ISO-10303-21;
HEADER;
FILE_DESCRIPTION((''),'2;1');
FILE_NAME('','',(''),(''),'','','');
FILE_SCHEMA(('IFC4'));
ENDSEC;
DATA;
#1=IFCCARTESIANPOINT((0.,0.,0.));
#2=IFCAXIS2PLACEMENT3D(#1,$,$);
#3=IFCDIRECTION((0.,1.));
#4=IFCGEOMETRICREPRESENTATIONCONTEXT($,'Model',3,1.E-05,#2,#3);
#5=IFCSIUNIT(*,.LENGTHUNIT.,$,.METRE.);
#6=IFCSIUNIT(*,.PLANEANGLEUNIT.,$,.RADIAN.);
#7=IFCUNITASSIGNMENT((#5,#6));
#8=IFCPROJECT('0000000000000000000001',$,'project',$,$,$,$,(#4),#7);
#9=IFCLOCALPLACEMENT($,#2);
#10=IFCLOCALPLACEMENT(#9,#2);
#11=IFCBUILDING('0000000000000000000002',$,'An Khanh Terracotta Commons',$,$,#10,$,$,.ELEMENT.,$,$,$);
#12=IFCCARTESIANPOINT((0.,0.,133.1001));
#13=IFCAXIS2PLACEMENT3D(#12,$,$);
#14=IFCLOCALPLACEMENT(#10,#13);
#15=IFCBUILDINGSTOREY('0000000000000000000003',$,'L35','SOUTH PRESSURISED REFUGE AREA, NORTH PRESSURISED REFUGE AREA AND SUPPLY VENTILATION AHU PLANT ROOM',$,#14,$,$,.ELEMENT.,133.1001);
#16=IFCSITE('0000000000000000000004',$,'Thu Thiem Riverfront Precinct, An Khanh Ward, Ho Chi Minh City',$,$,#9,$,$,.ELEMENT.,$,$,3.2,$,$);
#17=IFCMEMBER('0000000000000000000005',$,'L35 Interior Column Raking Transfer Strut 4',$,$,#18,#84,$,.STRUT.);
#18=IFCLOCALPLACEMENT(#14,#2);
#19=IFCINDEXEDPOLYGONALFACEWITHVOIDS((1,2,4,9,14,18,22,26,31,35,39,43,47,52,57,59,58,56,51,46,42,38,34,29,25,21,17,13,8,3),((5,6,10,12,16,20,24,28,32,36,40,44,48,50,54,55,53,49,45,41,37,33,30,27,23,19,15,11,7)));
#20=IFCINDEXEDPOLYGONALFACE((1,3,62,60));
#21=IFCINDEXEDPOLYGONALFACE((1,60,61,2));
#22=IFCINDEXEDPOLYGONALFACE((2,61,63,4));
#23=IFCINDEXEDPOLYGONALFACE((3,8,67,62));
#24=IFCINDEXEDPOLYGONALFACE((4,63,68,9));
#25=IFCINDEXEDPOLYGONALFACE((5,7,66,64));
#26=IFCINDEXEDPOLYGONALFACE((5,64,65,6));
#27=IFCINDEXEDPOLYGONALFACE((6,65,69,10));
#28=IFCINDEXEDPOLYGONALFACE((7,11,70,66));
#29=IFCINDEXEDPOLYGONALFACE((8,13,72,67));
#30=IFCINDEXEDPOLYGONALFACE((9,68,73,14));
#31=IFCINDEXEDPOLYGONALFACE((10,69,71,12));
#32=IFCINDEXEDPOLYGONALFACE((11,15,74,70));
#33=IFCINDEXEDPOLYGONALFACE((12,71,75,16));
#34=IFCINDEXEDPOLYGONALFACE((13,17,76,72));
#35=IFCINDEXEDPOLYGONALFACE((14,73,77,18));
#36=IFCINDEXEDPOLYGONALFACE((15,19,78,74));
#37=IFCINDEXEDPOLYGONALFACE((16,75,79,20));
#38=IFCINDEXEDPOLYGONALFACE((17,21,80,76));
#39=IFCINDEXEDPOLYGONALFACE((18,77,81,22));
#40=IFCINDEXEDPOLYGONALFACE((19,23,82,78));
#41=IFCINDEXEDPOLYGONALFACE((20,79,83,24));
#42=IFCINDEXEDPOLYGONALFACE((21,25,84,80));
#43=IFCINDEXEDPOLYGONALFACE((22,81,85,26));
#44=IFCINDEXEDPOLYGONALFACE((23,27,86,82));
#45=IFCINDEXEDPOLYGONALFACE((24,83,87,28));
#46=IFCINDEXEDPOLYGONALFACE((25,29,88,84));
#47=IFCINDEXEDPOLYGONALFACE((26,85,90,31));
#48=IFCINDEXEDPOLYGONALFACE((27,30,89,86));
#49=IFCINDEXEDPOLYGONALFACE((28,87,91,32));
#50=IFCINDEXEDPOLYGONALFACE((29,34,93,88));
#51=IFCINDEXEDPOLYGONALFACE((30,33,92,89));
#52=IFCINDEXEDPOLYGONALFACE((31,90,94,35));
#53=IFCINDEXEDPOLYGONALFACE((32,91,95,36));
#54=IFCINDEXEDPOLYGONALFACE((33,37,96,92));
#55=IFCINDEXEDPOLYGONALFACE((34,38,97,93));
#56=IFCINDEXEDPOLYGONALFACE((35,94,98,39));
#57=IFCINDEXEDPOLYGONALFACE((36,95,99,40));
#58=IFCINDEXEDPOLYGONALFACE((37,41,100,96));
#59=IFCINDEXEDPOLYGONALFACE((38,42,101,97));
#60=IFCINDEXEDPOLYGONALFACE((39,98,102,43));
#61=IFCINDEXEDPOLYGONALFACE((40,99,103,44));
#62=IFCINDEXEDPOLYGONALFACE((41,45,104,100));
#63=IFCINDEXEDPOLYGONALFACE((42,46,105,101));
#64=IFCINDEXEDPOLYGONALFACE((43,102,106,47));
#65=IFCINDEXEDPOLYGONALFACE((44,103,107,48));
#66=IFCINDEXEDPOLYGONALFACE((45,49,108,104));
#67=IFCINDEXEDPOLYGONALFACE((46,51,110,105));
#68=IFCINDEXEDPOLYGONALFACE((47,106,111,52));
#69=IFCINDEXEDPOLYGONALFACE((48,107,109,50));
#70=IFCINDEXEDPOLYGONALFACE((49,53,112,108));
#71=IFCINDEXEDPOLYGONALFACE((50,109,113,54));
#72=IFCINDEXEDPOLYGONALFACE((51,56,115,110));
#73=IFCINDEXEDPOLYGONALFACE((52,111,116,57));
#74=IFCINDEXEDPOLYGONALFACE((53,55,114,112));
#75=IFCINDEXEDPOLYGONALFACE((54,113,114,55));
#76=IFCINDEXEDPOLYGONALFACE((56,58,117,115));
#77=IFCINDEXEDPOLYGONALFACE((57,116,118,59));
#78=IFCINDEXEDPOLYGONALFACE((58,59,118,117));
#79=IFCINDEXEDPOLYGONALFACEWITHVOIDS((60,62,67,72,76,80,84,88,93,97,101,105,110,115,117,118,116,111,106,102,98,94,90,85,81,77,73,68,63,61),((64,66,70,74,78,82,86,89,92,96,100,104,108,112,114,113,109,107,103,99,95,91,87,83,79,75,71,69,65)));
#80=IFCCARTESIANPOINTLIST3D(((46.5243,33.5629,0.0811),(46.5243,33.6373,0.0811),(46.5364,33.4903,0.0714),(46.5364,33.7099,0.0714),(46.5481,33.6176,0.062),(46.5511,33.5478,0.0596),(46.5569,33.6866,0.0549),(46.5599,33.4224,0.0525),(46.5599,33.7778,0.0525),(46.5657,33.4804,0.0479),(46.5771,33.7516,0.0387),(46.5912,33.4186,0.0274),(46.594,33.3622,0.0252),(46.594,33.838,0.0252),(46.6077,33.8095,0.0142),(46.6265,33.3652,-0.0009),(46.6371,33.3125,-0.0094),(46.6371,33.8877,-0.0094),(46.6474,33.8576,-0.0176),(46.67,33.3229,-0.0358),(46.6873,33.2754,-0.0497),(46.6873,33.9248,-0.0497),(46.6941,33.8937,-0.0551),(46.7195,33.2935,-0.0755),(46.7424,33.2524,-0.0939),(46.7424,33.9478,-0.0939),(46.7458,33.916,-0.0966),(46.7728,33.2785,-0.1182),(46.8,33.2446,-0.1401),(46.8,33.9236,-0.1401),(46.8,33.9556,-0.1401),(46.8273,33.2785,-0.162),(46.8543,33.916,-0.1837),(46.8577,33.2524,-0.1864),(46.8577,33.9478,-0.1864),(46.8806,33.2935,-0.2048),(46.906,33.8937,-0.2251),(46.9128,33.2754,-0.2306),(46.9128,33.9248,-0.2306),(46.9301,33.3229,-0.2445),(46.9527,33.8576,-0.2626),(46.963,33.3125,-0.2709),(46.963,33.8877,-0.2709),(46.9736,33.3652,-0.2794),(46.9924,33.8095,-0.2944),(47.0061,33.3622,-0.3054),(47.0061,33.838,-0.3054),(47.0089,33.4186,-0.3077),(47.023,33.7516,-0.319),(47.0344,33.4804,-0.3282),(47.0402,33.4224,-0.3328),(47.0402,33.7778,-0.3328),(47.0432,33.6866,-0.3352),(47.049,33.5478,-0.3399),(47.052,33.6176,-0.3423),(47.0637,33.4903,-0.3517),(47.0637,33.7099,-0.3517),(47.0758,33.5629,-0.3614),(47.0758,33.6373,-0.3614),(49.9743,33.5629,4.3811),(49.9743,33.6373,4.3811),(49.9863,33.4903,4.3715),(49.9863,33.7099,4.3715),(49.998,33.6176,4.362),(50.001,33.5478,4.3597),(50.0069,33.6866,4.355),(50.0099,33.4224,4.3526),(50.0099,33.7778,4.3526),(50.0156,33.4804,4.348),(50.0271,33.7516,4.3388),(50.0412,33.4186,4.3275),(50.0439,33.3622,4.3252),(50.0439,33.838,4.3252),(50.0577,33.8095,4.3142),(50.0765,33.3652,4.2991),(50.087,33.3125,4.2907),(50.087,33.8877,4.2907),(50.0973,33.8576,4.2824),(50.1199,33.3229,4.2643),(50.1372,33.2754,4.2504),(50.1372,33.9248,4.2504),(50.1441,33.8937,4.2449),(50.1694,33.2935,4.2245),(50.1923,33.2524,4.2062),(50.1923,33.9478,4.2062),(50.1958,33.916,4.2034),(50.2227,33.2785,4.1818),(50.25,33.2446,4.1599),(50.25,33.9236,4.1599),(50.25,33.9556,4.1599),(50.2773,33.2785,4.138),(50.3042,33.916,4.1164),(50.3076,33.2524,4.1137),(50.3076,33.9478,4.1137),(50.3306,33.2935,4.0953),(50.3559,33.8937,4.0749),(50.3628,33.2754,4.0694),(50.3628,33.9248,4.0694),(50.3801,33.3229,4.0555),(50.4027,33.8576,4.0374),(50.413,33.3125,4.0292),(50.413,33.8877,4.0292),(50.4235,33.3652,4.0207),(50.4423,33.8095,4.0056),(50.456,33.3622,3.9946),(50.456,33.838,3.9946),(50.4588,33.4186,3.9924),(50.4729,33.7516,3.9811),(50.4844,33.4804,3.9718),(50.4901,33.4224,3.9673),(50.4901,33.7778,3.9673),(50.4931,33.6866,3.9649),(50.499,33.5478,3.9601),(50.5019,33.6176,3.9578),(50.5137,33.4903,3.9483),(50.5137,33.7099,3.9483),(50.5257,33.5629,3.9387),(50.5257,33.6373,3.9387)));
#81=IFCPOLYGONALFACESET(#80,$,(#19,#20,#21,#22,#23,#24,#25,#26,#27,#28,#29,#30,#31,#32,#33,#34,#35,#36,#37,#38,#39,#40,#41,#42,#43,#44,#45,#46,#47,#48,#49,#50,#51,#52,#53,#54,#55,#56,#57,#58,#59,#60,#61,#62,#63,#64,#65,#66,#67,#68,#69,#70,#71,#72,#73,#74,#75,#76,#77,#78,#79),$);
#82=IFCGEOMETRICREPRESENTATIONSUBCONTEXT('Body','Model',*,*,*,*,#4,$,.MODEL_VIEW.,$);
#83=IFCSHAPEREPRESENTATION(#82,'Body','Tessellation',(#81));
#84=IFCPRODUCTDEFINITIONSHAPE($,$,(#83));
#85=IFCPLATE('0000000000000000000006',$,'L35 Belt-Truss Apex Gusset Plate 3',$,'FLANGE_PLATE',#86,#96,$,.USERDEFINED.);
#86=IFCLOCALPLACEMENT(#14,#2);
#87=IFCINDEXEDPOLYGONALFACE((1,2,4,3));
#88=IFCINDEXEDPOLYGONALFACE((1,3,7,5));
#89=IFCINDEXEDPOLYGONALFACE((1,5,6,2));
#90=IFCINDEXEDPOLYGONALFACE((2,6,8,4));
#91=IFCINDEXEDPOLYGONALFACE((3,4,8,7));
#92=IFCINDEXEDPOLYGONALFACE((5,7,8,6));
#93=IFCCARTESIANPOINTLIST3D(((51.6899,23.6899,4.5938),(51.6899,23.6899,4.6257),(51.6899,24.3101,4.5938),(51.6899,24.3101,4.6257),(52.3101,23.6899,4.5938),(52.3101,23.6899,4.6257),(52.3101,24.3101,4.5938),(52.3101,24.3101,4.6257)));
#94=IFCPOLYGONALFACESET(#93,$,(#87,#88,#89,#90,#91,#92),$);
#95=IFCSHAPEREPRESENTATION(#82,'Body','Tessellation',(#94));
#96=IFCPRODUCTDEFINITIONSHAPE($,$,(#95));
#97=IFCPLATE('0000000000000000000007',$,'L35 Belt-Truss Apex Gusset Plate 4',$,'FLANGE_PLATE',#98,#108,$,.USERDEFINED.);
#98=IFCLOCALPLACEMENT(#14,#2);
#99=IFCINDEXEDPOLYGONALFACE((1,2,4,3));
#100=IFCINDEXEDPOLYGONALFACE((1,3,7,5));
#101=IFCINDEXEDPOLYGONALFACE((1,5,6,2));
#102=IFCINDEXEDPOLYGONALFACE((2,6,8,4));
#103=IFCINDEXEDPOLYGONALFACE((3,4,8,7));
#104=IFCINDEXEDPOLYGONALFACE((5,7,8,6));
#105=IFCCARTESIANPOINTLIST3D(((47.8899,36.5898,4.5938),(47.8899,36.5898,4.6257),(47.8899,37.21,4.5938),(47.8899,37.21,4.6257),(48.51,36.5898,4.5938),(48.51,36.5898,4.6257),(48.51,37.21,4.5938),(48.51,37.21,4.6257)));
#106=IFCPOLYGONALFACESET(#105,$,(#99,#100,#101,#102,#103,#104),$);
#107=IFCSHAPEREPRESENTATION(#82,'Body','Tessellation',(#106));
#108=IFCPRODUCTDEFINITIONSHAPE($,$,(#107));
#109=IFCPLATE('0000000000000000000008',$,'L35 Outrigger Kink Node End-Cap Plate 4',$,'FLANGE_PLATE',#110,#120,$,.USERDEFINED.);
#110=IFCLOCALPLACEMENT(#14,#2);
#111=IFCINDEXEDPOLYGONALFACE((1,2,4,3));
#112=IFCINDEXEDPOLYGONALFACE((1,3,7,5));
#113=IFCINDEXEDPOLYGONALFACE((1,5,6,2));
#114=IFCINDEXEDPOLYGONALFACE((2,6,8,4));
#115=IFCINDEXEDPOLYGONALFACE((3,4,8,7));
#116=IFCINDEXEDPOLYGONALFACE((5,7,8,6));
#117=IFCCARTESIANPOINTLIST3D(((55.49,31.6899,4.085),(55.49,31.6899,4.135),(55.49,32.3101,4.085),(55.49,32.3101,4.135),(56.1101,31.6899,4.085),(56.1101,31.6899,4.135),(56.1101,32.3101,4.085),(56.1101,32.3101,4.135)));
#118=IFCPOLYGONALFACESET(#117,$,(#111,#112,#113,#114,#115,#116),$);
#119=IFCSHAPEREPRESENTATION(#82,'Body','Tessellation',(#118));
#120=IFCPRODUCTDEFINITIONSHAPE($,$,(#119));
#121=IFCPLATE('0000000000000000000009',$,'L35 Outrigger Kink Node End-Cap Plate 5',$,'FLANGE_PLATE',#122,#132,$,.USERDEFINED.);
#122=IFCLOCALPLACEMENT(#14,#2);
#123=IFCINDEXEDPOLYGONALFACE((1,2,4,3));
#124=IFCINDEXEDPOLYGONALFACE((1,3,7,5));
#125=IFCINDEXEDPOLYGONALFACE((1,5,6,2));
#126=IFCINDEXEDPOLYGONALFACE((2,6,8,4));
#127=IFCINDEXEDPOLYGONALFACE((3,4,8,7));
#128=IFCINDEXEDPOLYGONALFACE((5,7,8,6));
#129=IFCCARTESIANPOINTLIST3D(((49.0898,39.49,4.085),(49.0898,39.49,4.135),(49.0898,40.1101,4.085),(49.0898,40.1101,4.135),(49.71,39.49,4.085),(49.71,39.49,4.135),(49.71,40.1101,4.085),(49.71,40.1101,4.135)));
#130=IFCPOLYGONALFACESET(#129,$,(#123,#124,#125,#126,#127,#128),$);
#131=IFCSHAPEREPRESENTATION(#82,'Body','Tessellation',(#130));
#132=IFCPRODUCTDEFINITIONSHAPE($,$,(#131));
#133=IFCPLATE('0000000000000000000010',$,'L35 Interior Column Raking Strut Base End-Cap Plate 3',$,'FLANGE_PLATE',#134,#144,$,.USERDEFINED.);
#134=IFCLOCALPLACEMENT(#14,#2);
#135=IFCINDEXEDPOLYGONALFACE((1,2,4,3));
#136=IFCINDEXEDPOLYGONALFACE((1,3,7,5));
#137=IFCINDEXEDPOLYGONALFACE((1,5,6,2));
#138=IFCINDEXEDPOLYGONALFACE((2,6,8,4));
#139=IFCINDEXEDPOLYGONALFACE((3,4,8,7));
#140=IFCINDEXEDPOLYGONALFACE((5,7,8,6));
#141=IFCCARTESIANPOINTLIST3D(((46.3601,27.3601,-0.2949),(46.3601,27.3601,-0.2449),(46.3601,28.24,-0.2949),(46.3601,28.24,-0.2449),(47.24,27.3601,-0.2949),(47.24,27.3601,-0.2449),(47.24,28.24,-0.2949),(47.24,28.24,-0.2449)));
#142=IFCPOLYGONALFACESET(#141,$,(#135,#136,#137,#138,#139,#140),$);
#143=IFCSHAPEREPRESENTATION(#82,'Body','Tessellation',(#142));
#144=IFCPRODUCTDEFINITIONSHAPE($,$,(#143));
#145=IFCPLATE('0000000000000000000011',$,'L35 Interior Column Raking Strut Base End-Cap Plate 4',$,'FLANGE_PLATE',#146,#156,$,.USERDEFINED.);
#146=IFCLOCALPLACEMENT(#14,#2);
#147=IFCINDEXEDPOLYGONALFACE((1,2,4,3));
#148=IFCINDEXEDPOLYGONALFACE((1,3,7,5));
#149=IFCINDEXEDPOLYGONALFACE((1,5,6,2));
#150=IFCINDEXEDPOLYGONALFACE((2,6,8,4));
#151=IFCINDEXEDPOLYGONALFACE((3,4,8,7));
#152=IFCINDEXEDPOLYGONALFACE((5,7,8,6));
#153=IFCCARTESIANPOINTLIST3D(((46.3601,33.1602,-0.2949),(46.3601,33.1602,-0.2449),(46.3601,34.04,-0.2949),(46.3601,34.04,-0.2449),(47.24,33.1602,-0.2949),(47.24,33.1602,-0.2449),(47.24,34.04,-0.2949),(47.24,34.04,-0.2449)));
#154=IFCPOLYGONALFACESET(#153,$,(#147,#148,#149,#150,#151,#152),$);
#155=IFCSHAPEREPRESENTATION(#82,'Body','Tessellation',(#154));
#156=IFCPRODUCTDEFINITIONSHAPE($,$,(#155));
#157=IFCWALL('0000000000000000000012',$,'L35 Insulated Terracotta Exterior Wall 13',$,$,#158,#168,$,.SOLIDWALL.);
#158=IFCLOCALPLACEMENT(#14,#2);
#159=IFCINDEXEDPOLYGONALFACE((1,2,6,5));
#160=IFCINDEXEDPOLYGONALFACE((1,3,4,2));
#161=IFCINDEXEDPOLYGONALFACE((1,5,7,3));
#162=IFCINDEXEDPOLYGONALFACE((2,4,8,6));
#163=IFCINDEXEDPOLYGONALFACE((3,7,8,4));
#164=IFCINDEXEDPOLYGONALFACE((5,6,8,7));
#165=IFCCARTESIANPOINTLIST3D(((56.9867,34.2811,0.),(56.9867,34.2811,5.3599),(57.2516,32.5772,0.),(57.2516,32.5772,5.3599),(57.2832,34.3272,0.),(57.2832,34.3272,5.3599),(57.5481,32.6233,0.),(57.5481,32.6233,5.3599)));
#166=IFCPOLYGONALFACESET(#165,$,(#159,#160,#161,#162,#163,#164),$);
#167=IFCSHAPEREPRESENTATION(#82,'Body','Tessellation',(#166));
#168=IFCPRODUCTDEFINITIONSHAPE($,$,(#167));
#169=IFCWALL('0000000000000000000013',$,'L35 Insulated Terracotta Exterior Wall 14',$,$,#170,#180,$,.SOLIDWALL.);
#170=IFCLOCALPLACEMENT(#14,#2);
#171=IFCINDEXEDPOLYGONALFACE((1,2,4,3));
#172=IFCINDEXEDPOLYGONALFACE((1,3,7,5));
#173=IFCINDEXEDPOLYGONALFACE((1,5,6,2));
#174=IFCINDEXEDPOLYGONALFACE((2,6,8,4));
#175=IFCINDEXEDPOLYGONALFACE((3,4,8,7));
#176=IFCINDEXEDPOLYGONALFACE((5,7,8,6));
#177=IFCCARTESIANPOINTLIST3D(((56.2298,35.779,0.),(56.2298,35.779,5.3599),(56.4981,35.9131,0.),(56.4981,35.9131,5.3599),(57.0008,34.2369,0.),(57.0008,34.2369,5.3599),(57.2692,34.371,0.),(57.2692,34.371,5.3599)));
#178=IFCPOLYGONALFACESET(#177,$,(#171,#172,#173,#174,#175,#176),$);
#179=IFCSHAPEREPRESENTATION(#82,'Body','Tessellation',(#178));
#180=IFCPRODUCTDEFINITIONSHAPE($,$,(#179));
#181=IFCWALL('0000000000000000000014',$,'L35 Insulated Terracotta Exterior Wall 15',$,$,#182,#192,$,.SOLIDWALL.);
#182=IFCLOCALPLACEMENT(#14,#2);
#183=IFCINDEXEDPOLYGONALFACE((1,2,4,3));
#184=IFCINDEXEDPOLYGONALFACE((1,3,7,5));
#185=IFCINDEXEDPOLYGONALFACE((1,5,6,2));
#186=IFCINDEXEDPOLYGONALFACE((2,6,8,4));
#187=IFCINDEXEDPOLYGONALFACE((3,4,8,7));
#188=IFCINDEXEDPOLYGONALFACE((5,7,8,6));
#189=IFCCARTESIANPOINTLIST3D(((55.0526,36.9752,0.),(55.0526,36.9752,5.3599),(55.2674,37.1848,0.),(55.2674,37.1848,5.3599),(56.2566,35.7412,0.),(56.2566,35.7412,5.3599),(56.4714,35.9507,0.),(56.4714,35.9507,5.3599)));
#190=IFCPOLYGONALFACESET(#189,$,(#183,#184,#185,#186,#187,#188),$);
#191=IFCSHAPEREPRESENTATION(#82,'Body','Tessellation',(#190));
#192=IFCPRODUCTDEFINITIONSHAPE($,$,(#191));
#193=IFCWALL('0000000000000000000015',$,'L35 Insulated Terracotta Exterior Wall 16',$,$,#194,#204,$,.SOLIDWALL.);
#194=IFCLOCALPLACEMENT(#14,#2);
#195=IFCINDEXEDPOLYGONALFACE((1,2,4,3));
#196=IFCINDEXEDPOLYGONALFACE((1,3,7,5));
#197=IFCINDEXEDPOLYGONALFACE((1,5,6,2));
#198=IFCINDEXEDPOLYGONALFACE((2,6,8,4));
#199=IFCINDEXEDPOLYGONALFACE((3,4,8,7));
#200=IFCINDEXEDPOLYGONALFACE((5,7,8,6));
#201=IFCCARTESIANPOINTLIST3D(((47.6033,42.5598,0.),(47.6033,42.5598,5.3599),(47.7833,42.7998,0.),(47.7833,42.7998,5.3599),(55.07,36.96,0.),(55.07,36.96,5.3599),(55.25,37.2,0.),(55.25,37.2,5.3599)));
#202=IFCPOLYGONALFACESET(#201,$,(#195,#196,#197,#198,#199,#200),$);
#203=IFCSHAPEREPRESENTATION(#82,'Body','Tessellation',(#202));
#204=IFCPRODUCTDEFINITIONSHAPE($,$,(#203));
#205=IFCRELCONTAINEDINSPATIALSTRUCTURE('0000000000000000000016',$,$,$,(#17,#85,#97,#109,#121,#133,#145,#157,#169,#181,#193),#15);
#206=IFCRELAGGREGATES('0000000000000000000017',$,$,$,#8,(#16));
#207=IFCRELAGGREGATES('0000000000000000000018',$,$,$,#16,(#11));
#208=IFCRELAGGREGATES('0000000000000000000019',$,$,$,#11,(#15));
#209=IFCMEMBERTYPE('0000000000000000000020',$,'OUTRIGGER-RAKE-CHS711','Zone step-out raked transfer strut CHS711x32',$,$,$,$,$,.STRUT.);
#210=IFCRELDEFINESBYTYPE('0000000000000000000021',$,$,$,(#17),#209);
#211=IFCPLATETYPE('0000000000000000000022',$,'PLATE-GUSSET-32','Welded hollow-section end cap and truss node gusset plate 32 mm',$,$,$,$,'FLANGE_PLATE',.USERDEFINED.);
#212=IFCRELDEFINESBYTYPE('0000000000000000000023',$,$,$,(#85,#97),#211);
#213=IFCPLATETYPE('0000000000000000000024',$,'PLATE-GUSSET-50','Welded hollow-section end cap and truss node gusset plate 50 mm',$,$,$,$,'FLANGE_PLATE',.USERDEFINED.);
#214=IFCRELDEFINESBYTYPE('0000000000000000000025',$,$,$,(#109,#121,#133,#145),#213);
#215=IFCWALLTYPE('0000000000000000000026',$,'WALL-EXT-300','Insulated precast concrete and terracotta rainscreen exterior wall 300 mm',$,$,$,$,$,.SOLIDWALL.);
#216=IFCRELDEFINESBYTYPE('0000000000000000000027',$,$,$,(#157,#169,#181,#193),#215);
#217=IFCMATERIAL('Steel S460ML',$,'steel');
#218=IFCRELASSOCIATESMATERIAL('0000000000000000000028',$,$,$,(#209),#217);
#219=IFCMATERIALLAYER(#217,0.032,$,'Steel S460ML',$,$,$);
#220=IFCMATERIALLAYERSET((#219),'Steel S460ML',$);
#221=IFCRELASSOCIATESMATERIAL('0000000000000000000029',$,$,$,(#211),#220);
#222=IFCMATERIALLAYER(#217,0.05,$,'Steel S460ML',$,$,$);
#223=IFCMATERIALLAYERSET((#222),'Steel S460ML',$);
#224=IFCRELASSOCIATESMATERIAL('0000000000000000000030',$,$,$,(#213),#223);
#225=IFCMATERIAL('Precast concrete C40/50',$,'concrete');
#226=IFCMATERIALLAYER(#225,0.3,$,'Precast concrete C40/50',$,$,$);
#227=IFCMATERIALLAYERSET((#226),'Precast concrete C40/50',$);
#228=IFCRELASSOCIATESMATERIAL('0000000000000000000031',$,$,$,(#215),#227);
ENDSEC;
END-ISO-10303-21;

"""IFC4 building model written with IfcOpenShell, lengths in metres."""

from ifc_helpers import new_model, si_unit, direction, frame, frame_2d, origin, origin_2d, place, context, subcontext, project, spatial, rectangle, hollow_circle, extrude, material, layer, layer_set, material_profile, profile_set, type_object, element, save


model = new_model("IFC4")

# Units and contexts
model_context = context("Model", 3, precision=1e-05, world=origin(), true_north=direction((0.0, 1.0)))
body_context = subcontext(model_context, "Body", "Model", "MODEL_VIEW")
ifc_project = project(units=[si_unit("LENGTHUNIT", "METRE"), si_unit("PLANEANGLEUNIT", "RADIAN")], contexts=[model_context])

# Site, building, storey
site_placement = place(None, origin())
site = spatial("IfcSite", under=ifc_project, at=site_placement, Name="Thu Thiem Riverfront Precinct, An Khanh Ward, Ho Chi Minh City", CompositionType="ELEMENT", RefElevation=3.2)
building_placement = place(site_placement, origin())
building = spatial("IfcBuilding", under=site, at=building_placement, Name="An Khanh Terracotta Commons", CompositionType="ELEMENT")
storey_placement = place(building_placement, frame((0.0, 0.0, 133.1001)))
storey = spatial("IfcBuildingStorey", under=building, at=storey_placement, Name="L35", Description="SOUTH PRESSURISED REFUGE AREA, NORTH PRESSURISED REFUGE AREA AND SUPPLY VENTILATION AHU PLANT ROOM", CompositionType="ELEMENT", Elevation=133.1001)

# Shared definitions
ifc_material_1 = material(Name="Steel S460ML", Category="steel")

# Member
ifc_material_profile_1 = material_profile(ifc_material_1, hollow_circle(Radius=0.3555, WallThickness=0.032, at=origin_2d()), Name="CHS711x32")
ifc_profile_set_1 = profile_set([ifc_material_profile_1], Name="Steel S460ML")
member_type_1 = type_object("IfcMemberType", Name="OUTRIGGER-RAKE-CHS711", Description="Zone step-out raked transfer strut CHS711x32", PredefinedType="STRUT", material=ifc_profile_set_1)
for number, where, z_axis, x_axis, name in (
    (1, (46.8, 33.6001, -0.1401), (0.625791, 0.0, 0.779991), (0.0, 1.0, 0.0), "L35 Interior Column Raking Transfer Strut 4"),
):
    element("IfcMember", number, at=place(storey_placement, frame(where, z_axis=z_axis, x_axis=x_axis)), inside=storey, type_object=member_type_1, Name=name, PredefinedType="STRUT", context=body_context, shape_type="SweptSolid", body=[
        extrude(hollow_circle(Radius=0.3555, WallThickness=0.032, at=origin_2d()), origin(), (0.0, 0.0, 1.0), 5.5129),
    ])

# Plates
ifc_layer_1 = layer(ifc_material_1, 0.032, Name="Steel S460ML")
ifc_layer_set_1 = layer_set([ifc_layer_1], Name="Steel S460ML")
plate_type_1 = type_object("IfcPlateType", Name="PLATE-GUSSET-32", Description="Welded hollow-section end cap and truss node gusset plate 32 mm", ElementType="FLANGE_PLATE", PredefinedType="USERDEFINED", material=ifc_layer_set_1)
for number, where, z_axis, x_axis, name in (
    (2, (52.0, 24.0, 4.5938), (0.0, 0.0, 1.0), (1.0, 0.0, 0.0), "L35 Belt-Truss Apex Gusset Plate 3"),
    (3, (48.2, 36.8999, 4.5938), (0.0, 0.0, 1.0), (1.0, 0.0, 0.0), "L35 Belt-Truss Apex Gusset Plate 4"),
):
    element("IfcPlate", number, at=place(storey_placement, frame(where, z_axis=z_axis, x_axis=x_axis)), inside=storey, type_object=plate_type_1, Name=name, ObjectType="FLANGE_PLATE", PredefinedType="USERDEFINED", context=body_context, shape_type="SweptSolid", body=[
        extrude(rectangle(XDim=0.6201, YDim=0.6201, at=origin_2d()), origin(), (0.0, 0.0, 1.0), 0.032),
    ])
ifc_layer_2 = layer(ifc_material_1, 0.05, Name="Steel S460ML")
ifc_layer_set_2 = layer_set([ifc_layer_2], Name="Steel S460ML")
plate_type_2 = type_object("IfcPlateType", Name="PLATE-GUSSET-50", Description="Welded hollow-section end cap and truss node gusset plate 50 mm", ElementType="FLANGE_PLATE", PredefinedType="USERDEFINED", material=ifc_layer_set_2)
for number, where, z_axis, x_axis, name in (
    (4, (55.8, 32.0, 4.085), (0.0, 0.0, 1.0), (1.0, 0.0, 0.0), "L35 Outrigger Kink Node End-Cap Plate 4"),
    (5, (49.3999, 39.8, 4.085), (0.0, 0.0, 1.0), (1.0, 0.0, 0.0), "L35 Outrigger Kink Node End-Cap Plate 5"),
):
    element("IfcPlate", number, at=place(storey_placement, frame(where, z_axis=z_axis, x_axis=x_axis)), inside=storey, type_object=plate_type_2, Name=name, ObjectType="FLANGE_PLATE", PredefinedType="USERDEFINED", context=body_context, shape_type="SweptSolid", body=[
        extrude(rectangle(XDim=0.6201, YDim=0.6201, at=origin_2d()), origin(), (0.0, 0.0, 1.0), 0.05),
    ])
for number, where, z_axis, x_axis, name in (
    (6, (46.8, 27.8, -0.2949), (0.0, 0.0, 1.0), (1.0, 0.0, 0.0), "L35 Interior Column Raking Strut Base End-Cap Plate 3"),
    (7, (46.8, 33.6001, -0.2949), (0.0, 0.0, 1.0), (1.0, 0.0, 0.0), "L35 Interior Column Raking Strut Base End-Cap Plate 4"),
):
    element("IfcPlate", number, at=place(storey_placement, frame(where, z_axis=z_axis, x_axis=x_axis)), inside=storey, type_object=plate_type_2, Name=name, ObjectType="FLANGE_PLATE", PredefinedType="USERDEFINED", context=body_context, shape_type="SweptSolid", body=[
        extrude(rectangle(XDim=0.8799, YDim=0.8799, at=origin_2d()), origin(), (0.0, 0.0, 1.0), 0.05),
    ])

# Walls
ifc_material_2 = material(Name="Precast concrete C40/50", Category="concrete")
ifc_layer_3 = layer(ifc_material_2, 0.3, Name="Precast concrete C40/50")
ifc_layer_set_3 = layer_set([ifc_layer_3], Name="Precast concrete C40/50")
wall_type = type_object("IfcWallType", Name="WALL-EXT-300", Description="Insulated precast concrete and terracotta rainscreen exterior wall 300 mm", PredefinedType="SOLIDWALL", material=ifc_layer_set_3)
wall_1_placement = place(storey_placement, frame((57.3999, 32.6001, 0.0), z_axis=(0.0, 0.0, 1.0), x_axis=(-0.153621, 0.98813, 0.0)))
element("IfcWall", 8, at=wall_1_placement, inside=storey, type_object=wall_type, Name="L35 Insulated Terracotta Exterior Wall 13", PredefinedType="SOLIDWALL", context=body_context, shape_type="SweptSolid", body=[
    extrude(rectangle(XDim=1.7244, YDim=0.3, at=frame_2d((0.8623, 0.0))), origin(), (0.0, 0.0, 1.0), 5.3599),
])
for number, where, z_axis, x_axis, name in (
    (9, (57.135, 34.304, 0.0), (0.0, 0.0, 1.0), (-0.447214, 0.894427, 0.0), "L35 Insulated Terracotta Exterior Wall 14"),
    (10, (56.364, 35.8459, 0.0), (0.0, 0.0, 1.0), (-0.698345, 0.715761, 0.0), "L35 Insulated Terracotta Exterior Wall 15"),
):
    element("IfcWall", number, at=place(storey_placement, frame(where, z_axis=z_axis, x_axis=x_axis)), inside=storey, type_object=wall_type, Name=name, PredefinedType="SOLIDWALL", context=body_context, shape_type="SweptSolid", body=[
        extrude(rectangle(XDim=1.7241, YDim=0.3, at=frame_2d((0.8621, 0.0))), origin(), (0.0, 0.0, 1.0), 5.3599),
    ])
wall_2_placement = place(storey_placement, frame((55.1599, 37.0801, 0.0), z_axis=(0.0, 0.0, 1.0), x_axis=(-0.800013, 0.599983, 0.0)))
element("IfcWall", 11, at=wall_2_placement, inside=storey, type_object=wall_type, Name="L35 Insulated Terracotta Exterior Wall 16", PredefinedType="SOLIDWALL", context=body_context, shape_type="SweptSolid", body=[
    extrude(rectangle(XDim=9.3333, YDim=0.3, at=frame_2d((4.6665, 0.0))), origin(), (0.0, 0.0, 1.0), 5.3599),
])

save(model, "model.ifc")
